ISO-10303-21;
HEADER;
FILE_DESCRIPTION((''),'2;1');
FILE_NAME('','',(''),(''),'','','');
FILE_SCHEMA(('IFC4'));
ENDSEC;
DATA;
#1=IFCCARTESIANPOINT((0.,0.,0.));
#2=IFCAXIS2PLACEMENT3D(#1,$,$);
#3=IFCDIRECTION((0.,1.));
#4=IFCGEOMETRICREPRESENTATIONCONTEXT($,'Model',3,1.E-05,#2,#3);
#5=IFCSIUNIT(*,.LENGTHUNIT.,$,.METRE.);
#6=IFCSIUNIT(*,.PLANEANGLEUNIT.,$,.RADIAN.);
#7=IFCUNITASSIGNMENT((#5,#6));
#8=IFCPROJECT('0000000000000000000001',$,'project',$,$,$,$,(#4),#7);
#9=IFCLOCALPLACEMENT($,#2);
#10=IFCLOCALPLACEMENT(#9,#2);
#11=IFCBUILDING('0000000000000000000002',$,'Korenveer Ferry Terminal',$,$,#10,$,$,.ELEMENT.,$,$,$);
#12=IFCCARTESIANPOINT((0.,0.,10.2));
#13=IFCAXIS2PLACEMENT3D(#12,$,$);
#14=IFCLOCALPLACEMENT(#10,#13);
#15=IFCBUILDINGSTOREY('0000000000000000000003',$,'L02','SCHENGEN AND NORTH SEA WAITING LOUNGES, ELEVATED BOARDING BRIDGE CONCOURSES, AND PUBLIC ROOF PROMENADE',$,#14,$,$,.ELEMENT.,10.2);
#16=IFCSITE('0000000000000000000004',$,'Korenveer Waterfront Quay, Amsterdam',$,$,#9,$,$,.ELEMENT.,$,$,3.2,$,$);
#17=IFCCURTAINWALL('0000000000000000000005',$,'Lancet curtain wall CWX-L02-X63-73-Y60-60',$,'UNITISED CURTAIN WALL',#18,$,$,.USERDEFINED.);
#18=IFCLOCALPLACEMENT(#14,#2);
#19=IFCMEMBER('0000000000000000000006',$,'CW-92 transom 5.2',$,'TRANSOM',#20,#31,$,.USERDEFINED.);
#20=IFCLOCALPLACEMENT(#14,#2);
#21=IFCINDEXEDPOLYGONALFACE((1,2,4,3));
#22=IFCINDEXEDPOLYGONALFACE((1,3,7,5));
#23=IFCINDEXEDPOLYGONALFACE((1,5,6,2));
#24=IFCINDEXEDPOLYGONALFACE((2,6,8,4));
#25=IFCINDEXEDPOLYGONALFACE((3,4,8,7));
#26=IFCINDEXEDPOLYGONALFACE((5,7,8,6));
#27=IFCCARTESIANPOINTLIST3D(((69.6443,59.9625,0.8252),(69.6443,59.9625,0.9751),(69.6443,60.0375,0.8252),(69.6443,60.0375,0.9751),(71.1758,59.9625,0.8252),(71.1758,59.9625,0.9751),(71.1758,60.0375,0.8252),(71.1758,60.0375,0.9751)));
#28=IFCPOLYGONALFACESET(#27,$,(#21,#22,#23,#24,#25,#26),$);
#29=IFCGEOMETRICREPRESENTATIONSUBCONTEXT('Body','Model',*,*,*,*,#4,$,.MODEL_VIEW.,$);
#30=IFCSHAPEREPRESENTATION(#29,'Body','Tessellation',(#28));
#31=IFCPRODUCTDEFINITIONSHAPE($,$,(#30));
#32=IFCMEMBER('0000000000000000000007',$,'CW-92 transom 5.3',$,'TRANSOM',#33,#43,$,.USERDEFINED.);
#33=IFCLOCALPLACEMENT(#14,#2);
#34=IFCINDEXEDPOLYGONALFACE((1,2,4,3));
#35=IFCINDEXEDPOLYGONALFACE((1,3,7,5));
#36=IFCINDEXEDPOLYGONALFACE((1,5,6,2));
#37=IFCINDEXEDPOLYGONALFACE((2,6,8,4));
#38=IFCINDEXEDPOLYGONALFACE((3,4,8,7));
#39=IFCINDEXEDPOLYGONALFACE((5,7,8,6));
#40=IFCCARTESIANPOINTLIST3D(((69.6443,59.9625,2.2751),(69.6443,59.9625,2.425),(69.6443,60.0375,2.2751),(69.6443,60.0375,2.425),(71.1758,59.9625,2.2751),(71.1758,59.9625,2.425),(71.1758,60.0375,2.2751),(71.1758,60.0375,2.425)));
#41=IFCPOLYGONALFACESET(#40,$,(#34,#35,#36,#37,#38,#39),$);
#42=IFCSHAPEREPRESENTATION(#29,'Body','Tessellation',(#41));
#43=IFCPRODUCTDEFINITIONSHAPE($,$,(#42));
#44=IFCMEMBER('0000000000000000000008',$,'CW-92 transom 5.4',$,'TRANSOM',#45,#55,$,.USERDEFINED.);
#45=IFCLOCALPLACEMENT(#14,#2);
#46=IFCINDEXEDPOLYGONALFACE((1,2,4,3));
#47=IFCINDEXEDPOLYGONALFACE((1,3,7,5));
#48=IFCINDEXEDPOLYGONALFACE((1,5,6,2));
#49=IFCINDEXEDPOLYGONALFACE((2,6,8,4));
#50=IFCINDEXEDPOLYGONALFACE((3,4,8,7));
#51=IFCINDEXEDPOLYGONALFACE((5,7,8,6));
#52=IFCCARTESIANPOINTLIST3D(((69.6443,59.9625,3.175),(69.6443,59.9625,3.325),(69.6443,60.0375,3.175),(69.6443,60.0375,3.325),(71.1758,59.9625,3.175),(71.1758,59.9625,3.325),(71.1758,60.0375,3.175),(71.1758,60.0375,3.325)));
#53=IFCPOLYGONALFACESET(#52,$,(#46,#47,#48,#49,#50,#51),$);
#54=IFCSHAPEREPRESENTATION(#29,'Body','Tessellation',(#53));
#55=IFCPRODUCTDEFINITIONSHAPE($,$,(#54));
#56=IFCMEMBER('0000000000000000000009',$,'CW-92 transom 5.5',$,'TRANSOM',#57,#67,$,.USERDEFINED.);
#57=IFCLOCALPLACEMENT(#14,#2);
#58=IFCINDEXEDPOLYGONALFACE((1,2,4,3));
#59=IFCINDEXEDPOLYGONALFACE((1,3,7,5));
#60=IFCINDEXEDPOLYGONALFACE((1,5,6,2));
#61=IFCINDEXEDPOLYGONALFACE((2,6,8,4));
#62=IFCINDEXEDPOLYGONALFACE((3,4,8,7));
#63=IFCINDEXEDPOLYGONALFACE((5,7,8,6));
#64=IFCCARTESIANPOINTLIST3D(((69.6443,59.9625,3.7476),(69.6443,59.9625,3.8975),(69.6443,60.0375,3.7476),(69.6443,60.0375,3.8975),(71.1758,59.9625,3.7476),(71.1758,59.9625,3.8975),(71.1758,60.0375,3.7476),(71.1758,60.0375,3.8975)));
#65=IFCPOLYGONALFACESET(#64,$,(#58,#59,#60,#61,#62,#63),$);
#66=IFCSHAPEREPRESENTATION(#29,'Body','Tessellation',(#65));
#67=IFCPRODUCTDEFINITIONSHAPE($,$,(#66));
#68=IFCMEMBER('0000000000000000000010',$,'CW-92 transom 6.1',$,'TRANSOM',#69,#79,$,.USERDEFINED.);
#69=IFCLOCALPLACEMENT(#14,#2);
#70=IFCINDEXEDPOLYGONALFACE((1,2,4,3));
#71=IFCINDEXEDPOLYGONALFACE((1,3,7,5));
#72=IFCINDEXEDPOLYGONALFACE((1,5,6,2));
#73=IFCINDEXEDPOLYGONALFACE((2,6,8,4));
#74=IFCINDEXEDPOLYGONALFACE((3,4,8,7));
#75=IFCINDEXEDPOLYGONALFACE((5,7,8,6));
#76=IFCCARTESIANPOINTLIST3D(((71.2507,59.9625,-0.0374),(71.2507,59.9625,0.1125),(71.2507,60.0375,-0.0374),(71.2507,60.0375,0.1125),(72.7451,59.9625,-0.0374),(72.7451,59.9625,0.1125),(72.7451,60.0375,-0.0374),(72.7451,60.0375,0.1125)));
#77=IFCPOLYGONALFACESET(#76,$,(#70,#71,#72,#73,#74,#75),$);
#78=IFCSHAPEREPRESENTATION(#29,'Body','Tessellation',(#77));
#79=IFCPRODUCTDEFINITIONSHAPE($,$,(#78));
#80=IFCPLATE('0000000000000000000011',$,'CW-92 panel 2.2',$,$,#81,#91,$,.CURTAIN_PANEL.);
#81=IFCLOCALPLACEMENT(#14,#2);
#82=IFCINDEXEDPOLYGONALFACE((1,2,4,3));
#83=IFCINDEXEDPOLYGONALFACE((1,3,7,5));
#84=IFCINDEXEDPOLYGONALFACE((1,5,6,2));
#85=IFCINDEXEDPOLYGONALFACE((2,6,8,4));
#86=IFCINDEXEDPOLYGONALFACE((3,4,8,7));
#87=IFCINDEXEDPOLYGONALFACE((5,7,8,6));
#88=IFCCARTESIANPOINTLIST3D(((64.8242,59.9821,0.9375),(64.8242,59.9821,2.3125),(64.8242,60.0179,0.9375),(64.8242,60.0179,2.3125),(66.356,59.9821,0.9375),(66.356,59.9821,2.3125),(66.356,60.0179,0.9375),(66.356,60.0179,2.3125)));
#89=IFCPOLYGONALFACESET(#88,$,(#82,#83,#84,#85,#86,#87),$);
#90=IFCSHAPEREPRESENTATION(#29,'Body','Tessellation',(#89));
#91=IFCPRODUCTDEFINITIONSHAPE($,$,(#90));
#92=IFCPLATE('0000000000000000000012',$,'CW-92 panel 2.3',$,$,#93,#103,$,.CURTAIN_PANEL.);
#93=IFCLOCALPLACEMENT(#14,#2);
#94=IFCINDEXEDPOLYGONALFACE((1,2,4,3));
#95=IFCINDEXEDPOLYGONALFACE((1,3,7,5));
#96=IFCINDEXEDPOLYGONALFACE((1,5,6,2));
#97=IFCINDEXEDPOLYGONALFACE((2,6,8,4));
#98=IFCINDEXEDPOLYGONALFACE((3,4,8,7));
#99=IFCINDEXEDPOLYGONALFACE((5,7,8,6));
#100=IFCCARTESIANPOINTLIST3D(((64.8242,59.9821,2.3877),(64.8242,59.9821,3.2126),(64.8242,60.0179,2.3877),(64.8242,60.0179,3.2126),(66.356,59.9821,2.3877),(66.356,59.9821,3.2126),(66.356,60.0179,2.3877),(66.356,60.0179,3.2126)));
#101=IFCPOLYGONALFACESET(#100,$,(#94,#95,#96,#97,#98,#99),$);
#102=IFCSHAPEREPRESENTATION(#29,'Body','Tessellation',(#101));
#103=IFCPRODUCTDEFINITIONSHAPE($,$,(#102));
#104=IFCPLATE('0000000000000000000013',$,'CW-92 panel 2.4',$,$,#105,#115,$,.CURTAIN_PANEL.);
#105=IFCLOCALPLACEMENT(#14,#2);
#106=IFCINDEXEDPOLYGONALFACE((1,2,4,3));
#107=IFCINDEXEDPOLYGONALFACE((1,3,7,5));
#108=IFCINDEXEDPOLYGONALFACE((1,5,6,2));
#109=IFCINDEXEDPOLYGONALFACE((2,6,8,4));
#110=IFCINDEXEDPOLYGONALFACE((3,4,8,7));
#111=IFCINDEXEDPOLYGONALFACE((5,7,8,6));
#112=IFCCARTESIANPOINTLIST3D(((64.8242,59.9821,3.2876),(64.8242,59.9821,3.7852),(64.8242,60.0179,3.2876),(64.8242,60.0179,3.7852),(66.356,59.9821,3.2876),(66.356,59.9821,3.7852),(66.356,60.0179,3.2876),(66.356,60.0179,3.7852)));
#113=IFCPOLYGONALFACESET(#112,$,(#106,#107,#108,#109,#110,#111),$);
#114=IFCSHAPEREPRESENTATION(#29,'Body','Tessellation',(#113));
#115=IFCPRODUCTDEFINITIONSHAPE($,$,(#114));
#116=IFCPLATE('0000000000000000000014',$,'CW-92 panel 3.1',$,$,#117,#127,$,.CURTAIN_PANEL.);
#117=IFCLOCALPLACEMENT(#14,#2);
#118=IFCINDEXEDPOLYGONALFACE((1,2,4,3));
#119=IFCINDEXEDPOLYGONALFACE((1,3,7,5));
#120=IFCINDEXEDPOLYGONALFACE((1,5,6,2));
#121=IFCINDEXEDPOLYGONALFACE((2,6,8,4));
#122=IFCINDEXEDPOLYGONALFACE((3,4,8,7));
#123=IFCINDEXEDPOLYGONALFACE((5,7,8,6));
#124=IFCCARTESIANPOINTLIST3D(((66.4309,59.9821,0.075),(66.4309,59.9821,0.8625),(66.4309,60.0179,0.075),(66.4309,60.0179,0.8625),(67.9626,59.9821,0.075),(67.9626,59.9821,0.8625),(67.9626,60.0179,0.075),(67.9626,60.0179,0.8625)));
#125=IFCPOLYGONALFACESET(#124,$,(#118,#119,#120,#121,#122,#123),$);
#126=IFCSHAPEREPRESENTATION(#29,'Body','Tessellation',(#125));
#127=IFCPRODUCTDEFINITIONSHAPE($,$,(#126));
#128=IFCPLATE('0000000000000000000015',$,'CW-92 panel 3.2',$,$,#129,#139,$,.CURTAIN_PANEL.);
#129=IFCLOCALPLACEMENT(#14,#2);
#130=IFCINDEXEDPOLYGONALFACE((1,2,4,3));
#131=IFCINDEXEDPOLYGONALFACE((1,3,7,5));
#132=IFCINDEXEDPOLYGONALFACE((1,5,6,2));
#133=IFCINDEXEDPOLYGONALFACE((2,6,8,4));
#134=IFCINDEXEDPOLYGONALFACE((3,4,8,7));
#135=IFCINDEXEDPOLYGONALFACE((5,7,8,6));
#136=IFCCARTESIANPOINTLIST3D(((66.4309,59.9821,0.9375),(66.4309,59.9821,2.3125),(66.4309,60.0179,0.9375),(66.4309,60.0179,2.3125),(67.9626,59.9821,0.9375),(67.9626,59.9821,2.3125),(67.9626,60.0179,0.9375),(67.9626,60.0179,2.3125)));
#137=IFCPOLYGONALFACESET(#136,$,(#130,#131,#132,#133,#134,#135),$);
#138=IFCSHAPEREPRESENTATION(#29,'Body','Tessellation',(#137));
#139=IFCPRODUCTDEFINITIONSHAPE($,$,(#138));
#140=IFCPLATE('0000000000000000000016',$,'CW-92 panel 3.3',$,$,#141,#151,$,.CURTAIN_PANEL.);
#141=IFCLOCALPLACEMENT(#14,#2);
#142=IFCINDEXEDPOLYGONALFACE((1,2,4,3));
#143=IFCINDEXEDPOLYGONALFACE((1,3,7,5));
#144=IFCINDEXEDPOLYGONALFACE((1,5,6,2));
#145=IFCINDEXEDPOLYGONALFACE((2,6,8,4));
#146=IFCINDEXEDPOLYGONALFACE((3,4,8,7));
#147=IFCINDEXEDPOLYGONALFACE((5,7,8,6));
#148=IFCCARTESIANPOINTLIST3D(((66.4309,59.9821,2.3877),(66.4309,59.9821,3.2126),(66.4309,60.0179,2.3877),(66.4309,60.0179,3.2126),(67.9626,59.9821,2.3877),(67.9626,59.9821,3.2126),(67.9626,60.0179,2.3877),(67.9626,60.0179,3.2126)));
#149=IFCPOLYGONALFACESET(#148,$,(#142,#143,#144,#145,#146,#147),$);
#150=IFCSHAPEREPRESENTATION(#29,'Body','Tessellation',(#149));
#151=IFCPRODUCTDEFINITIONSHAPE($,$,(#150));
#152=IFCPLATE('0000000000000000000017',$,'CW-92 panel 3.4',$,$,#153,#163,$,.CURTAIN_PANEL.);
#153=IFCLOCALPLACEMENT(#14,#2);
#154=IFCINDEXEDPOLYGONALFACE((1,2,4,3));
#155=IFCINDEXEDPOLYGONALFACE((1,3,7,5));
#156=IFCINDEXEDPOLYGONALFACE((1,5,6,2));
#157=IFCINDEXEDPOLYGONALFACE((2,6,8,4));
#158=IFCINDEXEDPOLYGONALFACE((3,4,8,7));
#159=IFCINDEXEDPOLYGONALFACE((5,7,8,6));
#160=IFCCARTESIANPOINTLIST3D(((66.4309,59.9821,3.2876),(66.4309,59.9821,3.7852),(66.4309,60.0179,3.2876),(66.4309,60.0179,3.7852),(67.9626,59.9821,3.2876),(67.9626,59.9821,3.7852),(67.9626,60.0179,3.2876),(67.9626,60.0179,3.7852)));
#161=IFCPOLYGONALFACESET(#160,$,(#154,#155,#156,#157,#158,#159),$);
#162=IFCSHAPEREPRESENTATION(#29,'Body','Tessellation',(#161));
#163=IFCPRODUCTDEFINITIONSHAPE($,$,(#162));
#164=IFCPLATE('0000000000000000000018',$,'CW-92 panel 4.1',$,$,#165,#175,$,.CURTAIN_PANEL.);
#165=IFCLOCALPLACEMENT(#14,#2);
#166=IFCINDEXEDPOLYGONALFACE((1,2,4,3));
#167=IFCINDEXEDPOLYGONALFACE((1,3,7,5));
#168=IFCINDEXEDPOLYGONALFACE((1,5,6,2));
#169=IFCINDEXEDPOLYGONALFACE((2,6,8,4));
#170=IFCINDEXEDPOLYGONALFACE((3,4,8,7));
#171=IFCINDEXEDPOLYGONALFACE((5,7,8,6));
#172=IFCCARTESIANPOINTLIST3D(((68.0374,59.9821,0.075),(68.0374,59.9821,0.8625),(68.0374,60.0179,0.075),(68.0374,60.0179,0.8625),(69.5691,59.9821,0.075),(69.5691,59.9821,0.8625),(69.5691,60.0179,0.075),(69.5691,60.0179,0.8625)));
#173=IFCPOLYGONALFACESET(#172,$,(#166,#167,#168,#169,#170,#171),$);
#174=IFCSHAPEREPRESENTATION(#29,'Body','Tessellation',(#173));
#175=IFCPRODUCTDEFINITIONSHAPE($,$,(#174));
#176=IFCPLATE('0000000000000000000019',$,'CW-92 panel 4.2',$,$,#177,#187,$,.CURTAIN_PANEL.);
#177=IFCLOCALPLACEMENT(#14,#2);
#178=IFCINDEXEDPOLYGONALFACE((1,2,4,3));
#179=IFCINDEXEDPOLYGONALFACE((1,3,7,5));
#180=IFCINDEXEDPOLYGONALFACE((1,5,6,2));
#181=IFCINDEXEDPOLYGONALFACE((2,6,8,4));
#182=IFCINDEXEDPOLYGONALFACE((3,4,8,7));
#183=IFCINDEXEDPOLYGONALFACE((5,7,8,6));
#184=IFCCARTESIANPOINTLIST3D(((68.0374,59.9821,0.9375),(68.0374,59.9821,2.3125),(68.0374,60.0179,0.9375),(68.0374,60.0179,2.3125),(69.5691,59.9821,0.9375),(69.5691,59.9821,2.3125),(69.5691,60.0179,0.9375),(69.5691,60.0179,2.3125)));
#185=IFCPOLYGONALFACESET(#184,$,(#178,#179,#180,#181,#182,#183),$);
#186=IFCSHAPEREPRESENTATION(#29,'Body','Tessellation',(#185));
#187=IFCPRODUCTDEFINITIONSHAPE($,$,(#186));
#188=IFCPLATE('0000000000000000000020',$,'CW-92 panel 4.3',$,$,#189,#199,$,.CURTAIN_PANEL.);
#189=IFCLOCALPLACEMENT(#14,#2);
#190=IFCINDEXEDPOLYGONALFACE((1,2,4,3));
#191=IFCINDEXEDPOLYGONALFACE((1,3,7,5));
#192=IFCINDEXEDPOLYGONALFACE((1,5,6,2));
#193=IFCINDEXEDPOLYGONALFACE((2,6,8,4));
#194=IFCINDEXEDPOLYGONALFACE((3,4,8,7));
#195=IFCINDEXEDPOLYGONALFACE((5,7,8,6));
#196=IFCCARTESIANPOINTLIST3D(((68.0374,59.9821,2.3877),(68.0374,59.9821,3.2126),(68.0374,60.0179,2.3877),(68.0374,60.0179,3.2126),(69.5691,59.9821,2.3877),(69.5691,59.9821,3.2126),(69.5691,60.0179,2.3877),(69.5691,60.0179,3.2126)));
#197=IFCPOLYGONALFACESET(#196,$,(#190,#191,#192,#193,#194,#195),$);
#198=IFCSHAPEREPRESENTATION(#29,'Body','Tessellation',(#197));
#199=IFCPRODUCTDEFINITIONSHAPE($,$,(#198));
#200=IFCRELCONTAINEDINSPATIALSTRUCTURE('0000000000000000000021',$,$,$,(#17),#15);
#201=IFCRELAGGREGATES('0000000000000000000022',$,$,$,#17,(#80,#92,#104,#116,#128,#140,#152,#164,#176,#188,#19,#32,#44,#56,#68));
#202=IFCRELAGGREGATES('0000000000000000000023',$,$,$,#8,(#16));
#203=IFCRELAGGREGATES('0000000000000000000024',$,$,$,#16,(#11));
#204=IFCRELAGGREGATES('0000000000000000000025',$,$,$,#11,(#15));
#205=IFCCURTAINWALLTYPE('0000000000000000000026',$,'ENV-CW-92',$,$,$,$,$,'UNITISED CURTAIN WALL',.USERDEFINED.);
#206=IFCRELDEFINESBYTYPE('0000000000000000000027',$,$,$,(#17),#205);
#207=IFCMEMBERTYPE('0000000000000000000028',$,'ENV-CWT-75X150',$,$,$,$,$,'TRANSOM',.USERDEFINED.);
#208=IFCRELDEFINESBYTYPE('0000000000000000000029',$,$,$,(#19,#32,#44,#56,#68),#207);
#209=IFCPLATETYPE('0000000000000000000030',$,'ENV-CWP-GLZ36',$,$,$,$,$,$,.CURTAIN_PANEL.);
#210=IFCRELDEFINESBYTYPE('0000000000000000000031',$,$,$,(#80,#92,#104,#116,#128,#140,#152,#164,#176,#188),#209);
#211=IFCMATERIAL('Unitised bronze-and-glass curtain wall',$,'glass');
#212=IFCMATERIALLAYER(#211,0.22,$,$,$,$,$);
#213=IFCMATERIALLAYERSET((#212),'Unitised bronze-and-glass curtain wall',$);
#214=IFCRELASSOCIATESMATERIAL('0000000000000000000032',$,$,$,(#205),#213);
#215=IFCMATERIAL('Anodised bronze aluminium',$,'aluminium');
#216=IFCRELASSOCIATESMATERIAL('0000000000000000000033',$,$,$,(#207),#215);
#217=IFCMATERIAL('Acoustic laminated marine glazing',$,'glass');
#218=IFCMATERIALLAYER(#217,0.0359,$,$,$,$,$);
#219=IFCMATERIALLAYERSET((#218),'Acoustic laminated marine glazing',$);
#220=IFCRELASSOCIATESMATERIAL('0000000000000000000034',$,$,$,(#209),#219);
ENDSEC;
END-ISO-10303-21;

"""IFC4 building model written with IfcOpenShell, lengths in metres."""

from ifc_helpers import new_model, si_unit, direction, frame, origin, origin_2d, place, context, subcontext, project, spatial, rectangle, extrude, material, layer, layer_set, material_profile, profile_set, type_object, element, aggregate, save


model = new_model("IFC4")

# Units and contexts
model_context = context("Model", 3, precision=1e-05, world=origin(), true_north=direction((0.0, 1.0)))
body_context = subcontext(model_context, "Body", "Model", "MODEL_VIEW")
ifc_project = project(units=[si_unit("LENGTHUNIT", "METRE"), si_unit("PLANEANGLEUNIT", "RADIAN")], contexts=[model_context])

# Site, building, storey
site_placement = place(None, origin())
site = spatial("IfcSite", under=ifc_project, at=site_placement, Name="Korenveer Waterfront Quay, Amsterdam", CompositionType="ELEMENT", RefElevation=3.2)
building_placement = place(site_placement, origin())
building = spatial("IfcBuilding", under=site, at=building_placement, Name="Korenveer Ferry Terminal", CompositionType="ELEMENT")
storey_placement = place(building_placement, frame((0.0, 0.0, 10.2)))
storey = spatial("IfcBuildingStorey", under=building, at=storey_placement, Name="L02", Description="SCHENGEN AND NORTH SEA WAITING LOUNGES, ELEVATED BOARDING BRIDGE CONCOURSES, AND PUBLIC ROOF PROMENADE", CompositionType="ELEMENT", Elevation=10.2)

# Curtain wall, members, plates
ifc_material_1 = material(Name="Unitised bronze-and-glass curtain wall", Category="glass")
ifc_layer_1 = layer(ifc_material_1, 0.22)
ifc_layer_set_1 = layer_set([ifc_layer_1], Name="Unitised bronze-and-glass curtain wall")
curtain_wall_type = type_object("IfcCurtainWallType", Name="ENV-CW-92", ElementType="UNITISED CURTAIN WALL", PredefinedType="USERDEFINED", material=ifc_layer_set_1)
curtain_wall_placement = place(storey_placement, frame((63.1799, 60.0, 0.0)))
curtain_wall = element("IfcCurtainWall", 1, at=curtain_wall_placement, inside=storey, type_object=curtain_wall_type, Name="Lancet curtain wall CWX-L02-X63-73-Y60-60", ObjectType="UNITISED CURTAIN WALL", PredefinedType="USERDEFINED")
ifc_material_2 = material(Name="Anodised bronze aluminium", Category="aluminium")
ifc_material_profile_1 = material_profile(ifc_material_2, rectangle(XDim=0.075, YDim=0.1499, at=origin_2d()), Name="ALU 75x150")
ifc_profile_set_1 = profile_set([ifc_material_profile_1], Name="Anodised bronze aluminium")
member_type_1 = type_object("IfcMemberType", Name="ENV-CWT-75X150", ElementType="TRANSOM", PredefinedType="USERDEFINED", material=ifc_profile_set_1)
member_1_placement = place(storey_placement, frame((69.6443, 60.0, 0.9001), z_axis=(1.0, 0.0, 0.0), x_axis=(0.0, 1.0, 0.0)))
member_1 = element("IfcMember", 2, at=member_1_placement, type_object=member_type_1, Name="CW-92 transom 5.2", ObjectType="TRANSOM", PredefinedType="USERDEFINED", context=body_context, shape_type="SweptSolid", body=[
    extrude(rectangle(XDim=0.075, YDim=0.1499, at=origin_2d()), origin(), (0.0, 0.0, 1.0), 1.5315),
])
member_2_placement = place(storey_placement, frame((69.6443, 60.0, 2.3501), z_axis=(1.0, 0.0, 0.0), x_axis=(0.0, 1.0, 0.0)))
member_2 = element("IfcMember", 3, at=member_2_placement, type_object=member_type_1, Name="CW-92 transom 5.3", ObjectType="TRANSOM", PredefinedType="USERDEFINED", context=body_context, shape_type="SweptSolid", body=[
    extrude(rectangle(XDim=0.075, YDim=0.1499, at=origin_2d()), origin(), (0.0, 0.0, 1.0), 1.5315),
])
member_3_placement = place(storey_placement, frame((69.6443, 60.0, 3.25), z_axis=(1.0, 0.0, 0.0), x_axis=(0.0, 1.0, 0.0)))
member_3 = element("IfcMember", 4, at=member_3_placement, type_object=member_type_1, Name="CW-92 transom 5.4", ObjectType="TRANSOM", PredefinedType="USERDEFINED", context=body_context, shape_type="SweptSolid", body=[
    extrude(rectangle(XDim=0.075, YDim=0.1499, at=origin_2d()), origin(), (0.0, 0.0, 1.0), 1.5315),
])
member_4_placement = place(storey_placement, frame((69.6443, 60.0, 3.8225), z_axis=(1.0, 0.0, 0.0), x_axis=(0.0, 1.0, 0.0)))
member_4 = element("IfcMember", 5, at=member_4_placement, type_object=member_type_1, Name="CW-92 transom 5.5", ObjectType="TRANSOM", PredefinedType="USERDEFINED", context=body_context, shape_type="SweptSolid", body=[
    extrude(rectangle(XDim=0.075, YDim=0.1499, at=origin_2d()), origin(), (0.0, 0.0, 1.0), 1.5315),
])
member_5_placement = place(storey_placement, frame((71.2507, 60.0, 0.0376), z_axis=(1.0, 0.0, 0.0), x_axis=(0.0, 1.0, 0.0)))
member_5 = element("IfcMember", 6, at=member_5_placement, type_object=member_type_1, Name="CW-92 transom 6.1", ObjectType="TRANSOM", PredefinedType="USERDEFINED", context=body_context, shape_type="SweptSolid", body=[
    extrude(rectangle(XDim=0.075, YDim=0.1499, at=origin_2d()), origin(), (0.0, 0.0, 1.0), 1.4944),
])
ifc_material_3 = material(Name="Acoustic laminated marine glazing", Category="glass")
ifc_layer_2 = layer(ifc_material_3, 0.0359)
ifc_layer_set_2 = layer_set([ifc_layer_2], Name="Acoustic laminated marine glazing")
plate_type = type_object("IfcPlateType", Name="ENV-CWP-GLZ36", PredefinedType="CURTAIN_PANEL", material=ifc_layer_set_2)
plate_1_placement = place(storey_placement, frame((65.5901, 60.0, 0.9375), z_axis=(0.0, 0.0, 1.0), x_axis=(1.0, 0.0, 0.0)))
plate_1 = element("IfcPlate", 7, at=plate_1_placement, type_object=plate_type, Name="CW-92 panel 2.2", PredefinedType="CURTAIN_PANEL", context=body_context, shape_type="SweptSolid", body=[
    extrude(rectangle(XDim=1.5317, YDim=0.0359, at=origin_2d()), origin(), (0.0, 0.0, 1.0), 1.375),
])
plate_2_placement = place(storey_placement, frame((65.5901, 60.0, 2.3877), z_axis=(0.0, 0.0, 1.0), x_axis=(1.0, 0.0, 0.0)))
plate_2 = element("IfcPlate", 8, at=plate_2_placement, type_object=plate_type, Name="CW-92 panel 2.3", PredefinedType="CURTAIN_PANEL", context=body_context, shape_type="SweptSolid", body=[
    extrude(rectangle(XDim=1.5317, YDim=0.0359, at=origin_2d()), origin(), (0.0, 0.0, 1.0), 0.825),
])
plate_3_placement = place(storey_placement, frame((65.5901, 60.0, 3.2876), z_axis=(0.0, 0.0, 1.0), x_axis=(1.0, 0.0, 0.0)))
plate_3 = element("IfcPlate", 9, at=plate_3_placement, type_object=plate_type, Name="CW-92 panel 2.4", PredefinedType="CURTAIN_PANEL", context=body_context, shape_type="SweptSolid", body=[
    extrude(rectangle(XDim=1.5317, YDim=0.0359, at=origin_2d()), origin(), (0.0, 0.0, 1.0), 0.4976),
])
plate_4_placement = place(storey_placement, frame((67.1968, 60.0, 0.075), z_axis=(0.0, 0.0, 1.0), x_axis=(1.0, 0.0, 0.0)))
plate_4 = element("IfcPlate", 10, at=plate_4_placement, type_object=plate_type, Name="CW-92 panel 3.1", PredefinedType="CURTAIN_PANEL", context=body_context, shape_type="SweptSolid", body=[
    extrude(rectangle(XDim=1.5317, YDim=0.0359, at=origin_2d()), origin(), (0.0, 0.0, 1.0), 0.7876),
])
plate_5_placement = place(storey_placement, frame((67.1968, 60.0, 0.9375), z_axis=(0.0, 0.0, 1.0), x_axis=(1.0, 0.0, 0.0)))
plate_5 = element("IfcPlate", 11, at=plate_5_placement, type_object=plate_type, Name="CW-92 panel 3.2", PredefinedType="CURTAIN_PANEL", context=body_context, shape_type="SweptSolid", body=[
    extrude(rectangle(XDim=1.5317, YDim=0.0359, at=origin_2d()), origin(), (0.0, 0.0, 1.0), 1.375),
])
plate_6_placement = place(storey_placement, frame((67.1968, 60.0, 2.3877), z_axis=(0.0, 0.0, 1.0), x_axis=(1.0, 0.0, 0.0)))
plate_6 = element("IfcPlate", 12, at=plate_6_placement, type_object=plate_type, Name="CW-92 panel 3.3", PredefinedType="CURTAIN_PANEL", context=body_context, shape_type="SweptSolid", body=[
    extrude(rectangle(XDim=1.5317, YDim=0.0359, at=origin_2d()), origin(), (0.0, 0.0, 1.0), 0.825),
])
plate_7_placement = place(storey_placement, frame((67.1968, 60.0, 3.2876), z_axis=(0.0, 0.0, 1.0), x_axis=(1.0, 0.0, 0.0)))
plate_7 = element("IfcPlate", 13, at=plate_7_placement, type_object=plate_type, Name="CW-92 panel 3.4", PredefinedType="CURTAIN_PANEL", context=body_context, shape_type="SweptSolid", body=[
    extrude(rectangle(XDim=1.5317, YDim=0.0359, at=origin_2d()), origin(), (0.0, 0.0, 1.0), 0.4976),
])
plate_8_placement = place(storey_placement, frame((68.8032, 60.0, 0.075), z_axis=(0.0, 0.0, 1.0), x_axis=(1.0, 0.0, 0.0)))
plate_8 = element("IfcPlate", 14, at=plate_8_placement, type_object=plate_type, Name="CW-92 panel 4.1", PredefinedType="CURTAIN_PANEL", context=body_context, shape_type="SweptSolid", body=[
    extrude(rectangle(XDim=1.5317, YDim=0.0359, at=origin_2d()), origin(), (0.0, 0.0, 1.0), 0.7876),
])
plate_9_placement = place(storey_placement, frame((68.8032, 60.0, 0.9375), z_axis=(0.0, 0.0, 1.0), x_axis=(1.0, 0.0, 0.0)))
plate_9 = element("IfcPlate", 15, at=plate_9_placement, type_object=plate_type, Name="CW-92 panel 4.2", PredefinedType="CURTAIN_PANEL", context=body_context, shape_type="SweptSolid", body=[
    extrude(rectangle(XDim=1.5317, YDim=0.0359, at=origin_2d()), origin(), (0.0, 0.0, 1.0), 1.375),
])
plate_10_placement = place(storey_placement, frame((68.8032, 60.0, 2.3877), z_axis=(0.0, 0.0, 1.0), x_axis=(1.0, 0.0, 0.0)))
plate_10 = element("IfcPlate", 16, at=plate_10_placement, type_object=plate_type, Name="CW-92 panel 4.3", PredefinedType="CURTAIN_PANEL", context=body_context, shape_type="SweptSolid", body=[
    extrude(rectangle(XDim=1.5317, YDim=0.0359, at=origin_2d()), origin(), (0.0, 0.0, 1.0), 0.825),
])
aggregate(curtain_wall, [plate_1, plate_2, plate_3, plate_4, plate_5, plate_6, plate_7, plate_8, plate_9, plate_10, member_1, member_2, member_3, member_4, member_5])

save(model, "model.ifc")
